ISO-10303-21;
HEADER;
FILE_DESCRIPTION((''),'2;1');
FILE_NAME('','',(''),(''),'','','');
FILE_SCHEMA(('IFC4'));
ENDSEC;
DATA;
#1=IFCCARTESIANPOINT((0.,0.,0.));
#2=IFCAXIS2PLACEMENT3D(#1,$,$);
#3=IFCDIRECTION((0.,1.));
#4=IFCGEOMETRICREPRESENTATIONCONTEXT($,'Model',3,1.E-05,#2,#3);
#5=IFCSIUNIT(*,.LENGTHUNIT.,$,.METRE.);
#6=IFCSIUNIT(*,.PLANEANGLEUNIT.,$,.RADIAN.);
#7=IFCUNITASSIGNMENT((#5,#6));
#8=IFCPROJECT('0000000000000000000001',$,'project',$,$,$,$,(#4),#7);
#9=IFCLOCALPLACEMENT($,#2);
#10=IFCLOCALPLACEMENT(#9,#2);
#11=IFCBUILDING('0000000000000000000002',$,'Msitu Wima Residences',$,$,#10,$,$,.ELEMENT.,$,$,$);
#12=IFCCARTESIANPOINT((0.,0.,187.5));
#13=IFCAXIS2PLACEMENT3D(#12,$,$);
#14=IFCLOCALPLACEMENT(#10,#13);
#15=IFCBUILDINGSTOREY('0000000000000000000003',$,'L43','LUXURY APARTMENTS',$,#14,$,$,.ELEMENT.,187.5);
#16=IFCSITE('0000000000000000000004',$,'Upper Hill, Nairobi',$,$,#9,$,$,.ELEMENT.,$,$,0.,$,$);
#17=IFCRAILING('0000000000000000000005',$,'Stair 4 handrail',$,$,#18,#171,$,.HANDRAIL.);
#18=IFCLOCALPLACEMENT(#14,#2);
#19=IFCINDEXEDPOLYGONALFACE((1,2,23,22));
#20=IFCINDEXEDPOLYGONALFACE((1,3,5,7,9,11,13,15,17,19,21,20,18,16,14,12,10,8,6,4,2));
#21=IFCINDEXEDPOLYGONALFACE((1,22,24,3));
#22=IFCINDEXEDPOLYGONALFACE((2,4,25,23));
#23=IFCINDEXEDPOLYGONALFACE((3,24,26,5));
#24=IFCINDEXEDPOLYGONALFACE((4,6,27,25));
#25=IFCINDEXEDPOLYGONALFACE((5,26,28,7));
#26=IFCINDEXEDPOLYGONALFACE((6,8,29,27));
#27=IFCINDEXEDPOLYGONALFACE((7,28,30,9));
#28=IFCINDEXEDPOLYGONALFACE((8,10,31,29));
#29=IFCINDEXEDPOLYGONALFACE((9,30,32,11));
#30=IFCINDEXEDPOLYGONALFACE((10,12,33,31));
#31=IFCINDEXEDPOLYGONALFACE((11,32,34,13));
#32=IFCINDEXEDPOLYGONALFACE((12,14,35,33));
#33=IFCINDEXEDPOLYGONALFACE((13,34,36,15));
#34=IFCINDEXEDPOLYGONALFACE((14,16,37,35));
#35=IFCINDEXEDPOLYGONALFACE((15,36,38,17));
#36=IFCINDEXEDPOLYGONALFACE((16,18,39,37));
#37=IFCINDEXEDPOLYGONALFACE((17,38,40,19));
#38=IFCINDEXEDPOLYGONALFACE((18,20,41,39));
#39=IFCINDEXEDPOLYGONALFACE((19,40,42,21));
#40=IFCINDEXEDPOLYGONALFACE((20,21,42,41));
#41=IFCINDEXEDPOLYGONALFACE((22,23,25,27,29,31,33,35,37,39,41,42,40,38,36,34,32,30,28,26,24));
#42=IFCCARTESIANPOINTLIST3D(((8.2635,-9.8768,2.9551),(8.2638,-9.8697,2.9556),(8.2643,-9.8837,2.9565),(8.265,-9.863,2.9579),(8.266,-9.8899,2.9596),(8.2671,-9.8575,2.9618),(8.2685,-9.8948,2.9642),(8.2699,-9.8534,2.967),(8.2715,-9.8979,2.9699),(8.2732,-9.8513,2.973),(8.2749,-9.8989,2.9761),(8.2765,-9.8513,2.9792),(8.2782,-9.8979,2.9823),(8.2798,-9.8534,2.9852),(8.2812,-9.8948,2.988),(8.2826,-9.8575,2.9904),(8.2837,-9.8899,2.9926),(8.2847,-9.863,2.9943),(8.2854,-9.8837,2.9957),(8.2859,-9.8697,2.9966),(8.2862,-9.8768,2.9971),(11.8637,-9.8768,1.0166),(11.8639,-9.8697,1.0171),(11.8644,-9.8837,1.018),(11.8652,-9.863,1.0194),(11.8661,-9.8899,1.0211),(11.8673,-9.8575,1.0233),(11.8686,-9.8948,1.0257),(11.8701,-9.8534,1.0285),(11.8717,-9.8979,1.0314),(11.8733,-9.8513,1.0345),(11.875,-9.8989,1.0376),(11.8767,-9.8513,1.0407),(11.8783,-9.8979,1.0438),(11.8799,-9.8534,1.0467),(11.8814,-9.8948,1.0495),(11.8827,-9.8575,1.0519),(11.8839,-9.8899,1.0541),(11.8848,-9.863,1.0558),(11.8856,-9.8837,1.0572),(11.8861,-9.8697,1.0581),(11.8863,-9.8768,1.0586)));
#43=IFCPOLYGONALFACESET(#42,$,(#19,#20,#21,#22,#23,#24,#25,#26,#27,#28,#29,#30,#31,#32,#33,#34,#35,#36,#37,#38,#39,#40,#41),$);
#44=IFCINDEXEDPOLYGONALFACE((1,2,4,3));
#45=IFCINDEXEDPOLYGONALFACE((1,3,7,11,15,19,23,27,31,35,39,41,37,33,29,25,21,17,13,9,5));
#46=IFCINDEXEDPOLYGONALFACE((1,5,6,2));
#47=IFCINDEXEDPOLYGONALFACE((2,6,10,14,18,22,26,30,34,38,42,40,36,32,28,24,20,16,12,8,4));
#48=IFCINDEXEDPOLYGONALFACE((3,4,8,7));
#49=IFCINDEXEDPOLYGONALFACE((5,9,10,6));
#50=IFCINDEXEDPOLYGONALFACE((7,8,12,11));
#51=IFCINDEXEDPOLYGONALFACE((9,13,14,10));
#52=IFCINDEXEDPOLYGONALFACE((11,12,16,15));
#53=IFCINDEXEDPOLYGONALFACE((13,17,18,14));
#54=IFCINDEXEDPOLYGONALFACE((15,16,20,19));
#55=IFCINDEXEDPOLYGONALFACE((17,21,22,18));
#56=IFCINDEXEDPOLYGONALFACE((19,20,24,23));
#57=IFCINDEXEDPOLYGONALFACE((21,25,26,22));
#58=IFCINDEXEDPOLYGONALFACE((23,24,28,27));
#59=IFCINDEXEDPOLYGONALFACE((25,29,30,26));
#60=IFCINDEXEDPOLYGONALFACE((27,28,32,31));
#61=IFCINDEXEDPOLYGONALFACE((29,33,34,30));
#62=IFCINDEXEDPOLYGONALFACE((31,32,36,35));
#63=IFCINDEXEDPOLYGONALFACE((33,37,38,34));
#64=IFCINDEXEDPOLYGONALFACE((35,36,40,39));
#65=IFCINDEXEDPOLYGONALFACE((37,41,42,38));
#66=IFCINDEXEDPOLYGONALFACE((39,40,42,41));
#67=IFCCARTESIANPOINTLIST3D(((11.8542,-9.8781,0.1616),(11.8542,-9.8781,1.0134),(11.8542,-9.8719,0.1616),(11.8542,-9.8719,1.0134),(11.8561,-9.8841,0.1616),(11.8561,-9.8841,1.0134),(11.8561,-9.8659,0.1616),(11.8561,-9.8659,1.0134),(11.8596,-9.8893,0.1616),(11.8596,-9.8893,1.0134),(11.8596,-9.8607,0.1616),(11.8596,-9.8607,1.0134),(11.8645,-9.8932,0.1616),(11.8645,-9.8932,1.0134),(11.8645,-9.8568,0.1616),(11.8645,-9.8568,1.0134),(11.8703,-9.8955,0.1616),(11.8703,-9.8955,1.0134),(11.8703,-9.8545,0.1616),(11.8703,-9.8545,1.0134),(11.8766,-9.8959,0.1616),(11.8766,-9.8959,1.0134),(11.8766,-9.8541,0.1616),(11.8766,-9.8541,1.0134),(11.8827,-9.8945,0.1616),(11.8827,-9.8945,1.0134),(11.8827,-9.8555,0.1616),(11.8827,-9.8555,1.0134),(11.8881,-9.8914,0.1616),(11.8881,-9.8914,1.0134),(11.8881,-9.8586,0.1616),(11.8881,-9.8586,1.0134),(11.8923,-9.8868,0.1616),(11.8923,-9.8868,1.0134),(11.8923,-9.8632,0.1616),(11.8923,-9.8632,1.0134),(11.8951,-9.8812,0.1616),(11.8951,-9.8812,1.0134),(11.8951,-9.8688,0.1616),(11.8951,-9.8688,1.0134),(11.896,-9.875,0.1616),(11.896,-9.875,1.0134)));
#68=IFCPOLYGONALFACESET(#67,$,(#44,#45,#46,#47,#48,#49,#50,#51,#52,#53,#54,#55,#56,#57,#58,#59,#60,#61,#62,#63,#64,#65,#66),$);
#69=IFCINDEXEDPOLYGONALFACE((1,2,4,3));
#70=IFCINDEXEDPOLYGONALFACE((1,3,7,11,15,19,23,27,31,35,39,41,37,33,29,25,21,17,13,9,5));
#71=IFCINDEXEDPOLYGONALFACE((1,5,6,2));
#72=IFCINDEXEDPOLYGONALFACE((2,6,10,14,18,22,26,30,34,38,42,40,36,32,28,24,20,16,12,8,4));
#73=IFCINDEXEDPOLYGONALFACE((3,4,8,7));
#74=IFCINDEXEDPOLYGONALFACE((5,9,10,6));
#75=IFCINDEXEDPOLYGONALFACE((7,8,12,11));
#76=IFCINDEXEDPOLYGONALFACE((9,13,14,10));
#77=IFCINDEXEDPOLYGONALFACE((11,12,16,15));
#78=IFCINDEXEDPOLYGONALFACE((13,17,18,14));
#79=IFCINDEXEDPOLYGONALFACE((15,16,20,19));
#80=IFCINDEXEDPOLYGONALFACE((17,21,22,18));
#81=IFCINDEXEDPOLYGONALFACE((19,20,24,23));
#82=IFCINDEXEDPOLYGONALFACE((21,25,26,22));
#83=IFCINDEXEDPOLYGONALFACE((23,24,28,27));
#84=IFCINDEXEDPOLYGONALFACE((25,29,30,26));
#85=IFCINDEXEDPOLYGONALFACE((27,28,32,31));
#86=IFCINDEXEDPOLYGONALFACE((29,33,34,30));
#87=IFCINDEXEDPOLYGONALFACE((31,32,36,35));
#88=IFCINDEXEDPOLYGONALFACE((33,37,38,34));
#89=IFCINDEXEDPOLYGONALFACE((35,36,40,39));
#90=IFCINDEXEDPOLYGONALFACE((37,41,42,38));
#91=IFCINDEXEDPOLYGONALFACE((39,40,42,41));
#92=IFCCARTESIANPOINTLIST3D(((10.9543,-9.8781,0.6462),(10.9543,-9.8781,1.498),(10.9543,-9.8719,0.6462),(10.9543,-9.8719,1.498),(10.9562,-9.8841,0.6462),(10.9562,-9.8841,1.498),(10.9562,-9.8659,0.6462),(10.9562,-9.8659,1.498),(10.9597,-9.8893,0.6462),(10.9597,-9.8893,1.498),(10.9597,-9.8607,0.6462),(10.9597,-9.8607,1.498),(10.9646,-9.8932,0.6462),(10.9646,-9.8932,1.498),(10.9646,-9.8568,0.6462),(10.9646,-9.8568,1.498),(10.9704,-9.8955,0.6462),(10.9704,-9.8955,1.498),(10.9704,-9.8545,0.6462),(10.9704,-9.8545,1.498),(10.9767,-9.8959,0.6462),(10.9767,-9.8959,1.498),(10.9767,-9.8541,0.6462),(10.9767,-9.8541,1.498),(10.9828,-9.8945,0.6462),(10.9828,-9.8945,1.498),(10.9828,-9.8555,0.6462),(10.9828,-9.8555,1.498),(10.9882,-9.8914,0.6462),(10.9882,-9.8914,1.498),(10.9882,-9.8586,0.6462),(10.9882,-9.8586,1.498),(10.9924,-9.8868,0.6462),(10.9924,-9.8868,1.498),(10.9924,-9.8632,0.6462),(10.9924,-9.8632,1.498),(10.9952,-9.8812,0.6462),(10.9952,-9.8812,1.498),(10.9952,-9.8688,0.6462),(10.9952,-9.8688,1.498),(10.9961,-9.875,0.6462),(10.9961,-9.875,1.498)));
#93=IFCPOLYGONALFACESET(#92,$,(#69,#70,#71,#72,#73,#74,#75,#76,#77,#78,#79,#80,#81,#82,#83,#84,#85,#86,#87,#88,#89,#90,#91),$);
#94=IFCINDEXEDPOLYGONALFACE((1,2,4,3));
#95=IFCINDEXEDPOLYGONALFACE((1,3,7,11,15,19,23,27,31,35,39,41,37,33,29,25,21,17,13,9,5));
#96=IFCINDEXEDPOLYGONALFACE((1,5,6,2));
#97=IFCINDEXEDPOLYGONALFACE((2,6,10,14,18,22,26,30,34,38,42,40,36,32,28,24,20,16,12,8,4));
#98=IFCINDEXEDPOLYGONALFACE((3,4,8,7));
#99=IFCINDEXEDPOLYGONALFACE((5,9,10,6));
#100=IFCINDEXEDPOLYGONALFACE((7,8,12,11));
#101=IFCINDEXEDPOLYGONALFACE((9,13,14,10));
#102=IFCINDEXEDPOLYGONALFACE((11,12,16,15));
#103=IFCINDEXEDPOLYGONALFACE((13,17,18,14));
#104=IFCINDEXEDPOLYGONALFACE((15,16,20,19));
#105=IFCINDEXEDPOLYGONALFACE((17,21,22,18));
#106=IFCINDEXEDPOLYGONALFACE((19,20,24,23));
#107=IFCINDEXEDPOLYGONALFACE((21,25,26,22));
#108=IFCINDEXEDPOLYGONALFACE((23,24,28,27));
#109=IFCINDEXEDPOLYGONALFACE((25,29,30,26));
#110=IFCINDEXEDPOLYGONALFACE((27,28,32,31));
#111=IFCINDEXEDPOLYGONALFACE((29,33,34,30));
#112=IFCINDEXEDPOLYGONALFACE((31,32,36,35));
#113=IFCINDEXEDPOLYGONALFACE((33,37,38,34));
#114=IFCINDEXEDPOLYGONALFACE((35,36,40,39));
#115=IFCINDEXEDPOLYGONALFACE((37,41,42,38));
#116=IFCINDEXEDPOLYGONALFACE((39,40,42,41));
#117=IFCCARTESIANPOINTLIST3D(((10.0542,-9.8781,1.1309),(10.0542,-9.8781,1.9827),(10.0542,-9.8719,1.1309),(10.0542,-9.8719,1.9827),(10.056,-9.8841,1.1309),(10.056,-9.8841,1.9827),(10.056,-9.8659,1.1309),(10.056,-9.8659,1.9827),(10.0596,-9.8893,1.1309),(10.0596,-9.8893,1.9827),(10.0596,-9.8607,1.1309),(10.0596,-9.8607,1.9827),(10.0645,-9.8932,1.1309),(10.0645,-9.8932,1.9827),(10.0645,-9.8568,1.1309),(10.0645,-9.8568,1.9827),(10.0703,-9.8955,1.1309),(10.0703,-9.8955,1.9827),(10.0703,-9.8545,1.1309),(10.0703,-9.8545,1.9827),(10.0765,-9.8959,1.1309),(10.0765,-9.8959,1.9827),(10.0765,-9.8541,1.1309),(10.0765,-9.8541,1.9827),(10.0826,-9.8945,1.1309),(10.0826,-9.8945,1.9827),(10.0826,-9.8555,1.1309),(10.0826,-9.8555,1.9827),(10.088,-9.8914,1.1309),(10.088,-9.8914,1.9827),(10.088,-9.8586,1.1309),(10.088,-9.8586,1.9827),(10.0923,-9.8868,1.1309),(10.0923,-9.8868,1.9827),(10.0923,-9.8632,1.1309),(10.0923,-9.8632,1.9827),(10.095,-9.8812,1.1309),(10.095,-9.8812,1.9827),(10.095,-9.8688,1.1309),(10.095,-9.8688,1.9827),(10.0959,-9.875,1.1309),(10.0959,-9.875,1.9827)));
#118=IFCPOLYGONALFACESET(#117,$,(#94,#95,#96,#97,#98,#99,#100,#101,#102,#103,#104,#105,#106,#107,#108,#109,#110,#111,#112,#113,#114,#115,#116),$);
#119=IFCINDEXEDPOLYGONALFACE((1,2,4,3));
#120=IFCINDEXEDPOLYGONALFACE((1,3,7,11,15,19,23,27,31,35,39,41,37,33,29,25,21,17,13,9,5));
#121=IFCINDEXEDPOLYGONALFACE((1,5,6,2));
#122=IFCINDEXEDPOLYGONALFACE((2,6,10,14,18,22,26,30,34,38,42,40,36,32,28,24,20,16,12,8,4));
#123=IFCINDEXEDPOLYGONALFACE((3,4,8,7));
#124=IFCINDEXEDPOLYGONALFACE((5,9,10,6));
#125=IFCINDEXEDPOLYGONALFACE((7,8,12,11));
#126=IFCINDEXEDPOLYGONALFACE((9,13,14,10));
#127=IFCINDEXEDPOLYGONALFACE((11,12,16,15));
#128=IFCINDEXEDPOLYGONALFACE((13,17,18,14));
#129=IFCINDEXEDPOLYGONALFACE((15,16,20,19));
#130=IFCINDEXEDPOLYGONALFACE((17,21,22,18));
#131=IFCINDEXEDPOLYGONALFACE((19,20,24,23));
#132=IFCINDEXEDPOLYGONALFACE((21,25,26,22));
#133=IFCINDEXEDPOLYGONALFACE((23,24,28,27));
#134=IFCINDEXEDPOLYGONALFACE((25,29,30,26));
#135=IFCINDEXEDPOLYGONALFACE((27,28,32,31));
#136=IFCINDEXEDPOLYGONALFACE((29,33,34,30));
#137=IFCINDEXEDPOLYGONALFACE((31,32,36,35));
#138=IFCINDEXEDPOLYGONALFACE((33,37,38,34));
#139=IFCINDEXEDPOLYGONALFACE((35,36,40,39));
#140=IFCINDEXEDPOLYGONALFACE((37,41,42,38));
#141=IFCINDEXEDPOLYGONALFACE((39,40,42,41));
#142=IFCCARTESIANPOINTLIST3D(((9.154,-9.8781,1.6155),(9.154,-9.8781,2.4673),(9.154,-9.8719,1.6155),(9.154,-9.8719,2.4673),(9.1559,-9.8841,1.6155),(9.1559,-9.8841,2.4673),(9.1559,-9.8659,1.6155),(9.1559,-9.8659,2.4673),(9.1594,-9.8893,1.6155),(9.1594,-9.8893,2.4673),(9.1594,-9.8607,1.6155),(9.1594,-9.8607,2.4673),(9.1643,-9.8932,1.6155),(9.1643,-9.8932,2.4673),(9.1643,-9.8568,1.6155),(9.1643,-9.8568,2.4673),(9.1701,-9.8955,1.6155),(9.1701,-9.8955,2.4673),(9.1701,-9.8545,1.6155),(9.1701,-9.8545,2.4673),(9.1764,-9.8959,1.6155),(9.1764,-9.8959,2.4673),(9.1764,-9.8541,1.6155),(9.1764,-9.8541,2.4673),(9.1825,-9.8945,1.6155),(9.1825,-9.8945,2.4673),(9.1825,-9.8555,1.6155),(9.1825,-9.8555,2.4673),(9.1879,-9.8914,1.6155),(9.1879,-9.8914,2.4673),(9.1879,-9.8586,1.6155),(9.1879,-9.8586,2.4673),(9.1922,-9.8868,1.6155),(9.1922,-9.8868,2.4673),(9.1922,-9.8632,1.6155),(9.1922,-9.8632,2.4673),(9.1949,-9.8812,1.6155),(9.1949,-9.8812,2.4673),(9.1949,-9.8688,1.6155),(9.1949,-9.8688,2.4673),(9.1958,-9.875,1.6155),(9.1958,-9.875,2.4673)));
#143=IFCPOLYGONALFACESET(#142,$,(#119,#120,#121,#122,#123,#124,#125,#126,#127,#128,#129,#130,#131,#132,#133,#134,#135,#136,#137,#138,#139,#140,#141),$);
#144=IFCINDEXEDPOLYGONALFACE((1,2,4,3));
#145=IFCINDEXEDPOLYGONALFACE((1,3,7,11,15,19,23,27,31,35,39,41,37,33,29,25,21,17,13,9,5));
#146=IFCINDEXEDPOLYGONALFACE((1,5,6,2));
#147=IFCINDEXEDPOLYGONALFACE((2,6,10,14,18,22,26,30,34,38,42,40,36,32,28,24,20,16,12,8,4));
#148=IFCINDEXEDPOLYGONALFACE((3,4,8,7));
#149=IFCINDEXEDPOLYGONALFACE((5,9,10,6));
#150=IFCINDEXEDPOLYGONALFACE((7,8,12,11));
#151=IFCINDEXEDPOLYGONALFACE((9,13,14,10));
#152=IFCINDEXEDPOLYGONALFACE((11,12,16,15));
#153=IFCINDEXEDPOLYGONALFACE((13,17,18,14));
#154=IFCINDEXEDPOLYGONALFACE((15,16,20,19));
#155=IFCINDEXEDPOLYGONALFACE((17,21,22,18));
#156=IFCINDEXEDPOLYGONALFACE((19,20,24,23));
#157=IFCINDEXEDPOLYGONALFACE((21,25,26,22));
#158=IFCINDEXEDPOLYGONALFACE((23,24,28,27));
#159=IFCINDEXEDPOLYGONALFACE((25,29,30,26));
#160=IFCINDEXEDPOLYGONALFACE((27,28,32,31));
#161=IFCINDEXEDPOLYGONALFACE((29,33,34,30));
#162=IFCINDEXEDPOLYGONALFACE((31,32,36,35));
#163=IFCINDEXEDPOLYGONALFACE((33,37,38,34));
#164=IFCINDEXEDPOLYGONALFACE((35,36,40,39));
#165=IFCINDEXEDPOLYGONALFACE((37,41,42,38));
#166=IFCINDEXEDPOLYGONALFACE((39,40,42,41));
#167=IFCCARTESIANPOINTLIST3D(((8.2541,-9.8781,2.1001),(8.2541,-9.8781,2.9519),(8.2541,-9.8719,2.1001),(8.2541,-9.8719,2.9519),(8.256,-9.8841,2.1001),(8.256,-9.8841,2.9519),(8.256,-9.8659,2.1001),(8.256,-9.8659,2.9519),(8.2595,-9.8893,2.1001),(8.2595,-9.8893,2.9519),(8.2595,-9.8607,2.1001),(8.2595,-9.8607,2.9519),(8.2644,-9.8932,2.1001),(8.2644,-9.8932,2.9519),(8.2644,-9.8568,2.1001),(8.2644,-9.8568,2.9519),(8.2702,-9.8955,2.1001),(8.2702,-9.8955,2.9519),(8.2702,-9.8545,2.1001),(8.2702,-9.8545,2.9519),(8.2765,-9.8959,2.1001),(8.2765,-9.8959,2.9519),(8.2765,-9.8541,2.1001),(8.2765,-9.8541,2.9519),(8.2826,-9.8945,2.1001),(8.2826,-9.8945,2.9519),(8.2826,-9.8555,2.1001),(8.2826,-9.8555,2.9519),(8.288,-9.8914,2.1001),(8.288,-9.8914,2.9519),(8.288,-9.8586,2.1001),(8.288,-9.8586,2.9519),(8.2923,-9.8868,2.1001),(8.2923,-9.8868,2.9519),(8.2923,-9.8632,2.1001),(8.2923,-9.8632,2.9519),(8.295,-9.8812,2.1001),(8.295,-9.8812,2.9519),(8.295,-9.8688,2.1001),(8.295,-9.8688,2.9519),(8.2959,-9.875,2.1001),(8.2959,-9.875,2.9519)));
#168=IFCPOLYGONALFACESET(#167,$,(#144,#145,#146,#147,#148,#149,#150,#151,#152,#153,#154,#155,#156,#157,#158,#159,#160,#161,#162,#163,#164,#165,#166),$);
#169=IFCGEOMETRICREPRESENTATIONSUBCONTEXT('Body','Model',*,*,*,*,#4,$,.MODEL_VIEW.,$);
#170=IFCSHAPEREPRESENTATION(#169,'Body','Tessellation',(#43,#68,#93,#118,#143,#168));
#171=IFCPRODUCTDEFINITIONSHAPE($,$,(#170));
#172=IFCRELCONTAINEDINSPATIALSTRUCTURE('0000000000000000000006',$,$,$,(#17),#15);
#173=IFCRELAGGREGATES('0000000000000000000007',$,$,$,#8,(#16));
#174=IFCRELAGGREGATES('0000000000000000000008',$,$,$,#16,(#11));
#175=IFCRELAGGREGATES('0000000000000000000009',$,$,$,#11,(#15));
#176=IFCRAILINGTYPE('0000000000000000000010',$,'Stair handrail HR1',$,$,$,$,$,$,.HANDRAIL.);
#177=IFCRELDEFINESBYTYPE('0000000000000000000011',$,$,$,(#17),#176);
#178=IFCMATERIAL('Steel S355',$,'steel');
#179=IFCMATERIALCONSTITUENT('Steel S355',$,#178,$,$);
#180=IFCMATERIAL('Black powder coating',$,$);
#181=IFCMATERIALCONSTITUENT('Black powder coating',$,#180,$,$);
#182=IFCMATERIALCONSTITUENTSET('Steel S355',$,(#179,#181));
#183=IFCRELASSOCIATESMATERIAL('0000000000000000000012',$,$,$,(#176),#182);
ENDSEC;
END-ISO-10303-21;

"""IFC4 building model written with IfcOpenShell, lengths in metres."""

from ifc_helpers import new_model, si_unit, direction, frame, origin, origin_2d, place, context, subcontext, project, spatial, circle, extrude, material, constituent, constituent_set, type_object, element, save


model = new_model("IFC4")

# Units and contexts
model_context = context("Model", 3, precision=1e-05, world=origin(), true_north=direction((0.0, 1.0)))
body_context = subcontext(model_context, "Body", "Model", "MODEL_VIEW")
ifc_project = project(units=[si_unit("LENGTHUNIT", "METRE"), si_unit("PLANEANGLEUNIT", "RADIAN")], contexts=[model_context])

# Site, building, storey
site_placement = place(None, origin())
site = spatial("IfcSite", under=ifc_project, at=site_placement, Name="Upper Hill, Nairobi", CompositionType="ELEMENT", RefElevation=0.0)
building_placement = place(site_placement, origin())
building = spatial("IfcBuilding", under=site, at=building_placement, Name="Msitu Wima Residences", CompositionType="ELEMENT")
storey_placement = place(building_placement, frame((0.0, 0.0, 187.5)))
storey = spatial("IfcBuildingStorey", under=building, at=storey_placement, Name="L43", Description="LUXURY APARTMENTS", CompositionType="ELEMENT", Elevation=187.5)

# Railing
ifc_material_1 = material(Name="Steel S355", Category="steel")
ifc_constituent_1 = constituent(ifc_material_1, Name="Steel S355")
ifc_material_2 = material(Name="Black powder coating")
ifc_constituent_2 = constituent(ifc_material_2, Name="Black powder coating")
ifc_constituent_set = constituent_set(constituents=[ifc_constituent_1, ifc_constituent_2], Name="Steel S355")
railing_type = type_object("IfcRailingType", Name="Stair handrail HR1", PredefinedType="HANDRAIL", material=ifc_constituent_set)
for number, where, name in (
    (1, (11.875, -9.875, 0.1616), "Stair 4 handrail"),
):
    element("IfcRailing", number, at=place(storey_placement, frame(where)), inside=storey, type_object=railing_type, Name=name, PredefinedType="HANDRAIL", context=body_context, shape_type="SweptSolid", body=[
        extrude(circle(Radius=0.0239, at=origin_2d()), frame((0.0, 0.0, 0.876), z_axis=(-0.880475, 0.0, 0.474093), x_axis=(0.0, -1.0, 0.0)), (0.0, 0.0, 1.0), 4.0889),
        extrude(circle(Radius=0.021, at=origin_2d()), origin(), (0.0, 0.0, 1.0), 0.8518),
        extrude(circle(Radius=0.021, at=origin_2d()), frame((-0.8999, 0.0, 0.4846)), (0.0, 0.0, 1.0), 0.8518),
        extrude(circle(Radius=0.021, at=origin_2d()), frame((-1.8, 0.0, 0.9692)), (0.0, 0.0, 1.0), 0.8518),
        extrude(circle(Radius=0.021, at=origin_2d()), frame((-2.7002, 0.0, 1.4539)), (0.0, 0.0, 1.0), 0.8518),
        extrude(circle(Radius=0.021, at=origin_2d()), frame((-3.6001, 0.0, 1.9385)), (0.0, 0.0, 1.0), 0.8518),
    ])

save(model, "model.ifc")
